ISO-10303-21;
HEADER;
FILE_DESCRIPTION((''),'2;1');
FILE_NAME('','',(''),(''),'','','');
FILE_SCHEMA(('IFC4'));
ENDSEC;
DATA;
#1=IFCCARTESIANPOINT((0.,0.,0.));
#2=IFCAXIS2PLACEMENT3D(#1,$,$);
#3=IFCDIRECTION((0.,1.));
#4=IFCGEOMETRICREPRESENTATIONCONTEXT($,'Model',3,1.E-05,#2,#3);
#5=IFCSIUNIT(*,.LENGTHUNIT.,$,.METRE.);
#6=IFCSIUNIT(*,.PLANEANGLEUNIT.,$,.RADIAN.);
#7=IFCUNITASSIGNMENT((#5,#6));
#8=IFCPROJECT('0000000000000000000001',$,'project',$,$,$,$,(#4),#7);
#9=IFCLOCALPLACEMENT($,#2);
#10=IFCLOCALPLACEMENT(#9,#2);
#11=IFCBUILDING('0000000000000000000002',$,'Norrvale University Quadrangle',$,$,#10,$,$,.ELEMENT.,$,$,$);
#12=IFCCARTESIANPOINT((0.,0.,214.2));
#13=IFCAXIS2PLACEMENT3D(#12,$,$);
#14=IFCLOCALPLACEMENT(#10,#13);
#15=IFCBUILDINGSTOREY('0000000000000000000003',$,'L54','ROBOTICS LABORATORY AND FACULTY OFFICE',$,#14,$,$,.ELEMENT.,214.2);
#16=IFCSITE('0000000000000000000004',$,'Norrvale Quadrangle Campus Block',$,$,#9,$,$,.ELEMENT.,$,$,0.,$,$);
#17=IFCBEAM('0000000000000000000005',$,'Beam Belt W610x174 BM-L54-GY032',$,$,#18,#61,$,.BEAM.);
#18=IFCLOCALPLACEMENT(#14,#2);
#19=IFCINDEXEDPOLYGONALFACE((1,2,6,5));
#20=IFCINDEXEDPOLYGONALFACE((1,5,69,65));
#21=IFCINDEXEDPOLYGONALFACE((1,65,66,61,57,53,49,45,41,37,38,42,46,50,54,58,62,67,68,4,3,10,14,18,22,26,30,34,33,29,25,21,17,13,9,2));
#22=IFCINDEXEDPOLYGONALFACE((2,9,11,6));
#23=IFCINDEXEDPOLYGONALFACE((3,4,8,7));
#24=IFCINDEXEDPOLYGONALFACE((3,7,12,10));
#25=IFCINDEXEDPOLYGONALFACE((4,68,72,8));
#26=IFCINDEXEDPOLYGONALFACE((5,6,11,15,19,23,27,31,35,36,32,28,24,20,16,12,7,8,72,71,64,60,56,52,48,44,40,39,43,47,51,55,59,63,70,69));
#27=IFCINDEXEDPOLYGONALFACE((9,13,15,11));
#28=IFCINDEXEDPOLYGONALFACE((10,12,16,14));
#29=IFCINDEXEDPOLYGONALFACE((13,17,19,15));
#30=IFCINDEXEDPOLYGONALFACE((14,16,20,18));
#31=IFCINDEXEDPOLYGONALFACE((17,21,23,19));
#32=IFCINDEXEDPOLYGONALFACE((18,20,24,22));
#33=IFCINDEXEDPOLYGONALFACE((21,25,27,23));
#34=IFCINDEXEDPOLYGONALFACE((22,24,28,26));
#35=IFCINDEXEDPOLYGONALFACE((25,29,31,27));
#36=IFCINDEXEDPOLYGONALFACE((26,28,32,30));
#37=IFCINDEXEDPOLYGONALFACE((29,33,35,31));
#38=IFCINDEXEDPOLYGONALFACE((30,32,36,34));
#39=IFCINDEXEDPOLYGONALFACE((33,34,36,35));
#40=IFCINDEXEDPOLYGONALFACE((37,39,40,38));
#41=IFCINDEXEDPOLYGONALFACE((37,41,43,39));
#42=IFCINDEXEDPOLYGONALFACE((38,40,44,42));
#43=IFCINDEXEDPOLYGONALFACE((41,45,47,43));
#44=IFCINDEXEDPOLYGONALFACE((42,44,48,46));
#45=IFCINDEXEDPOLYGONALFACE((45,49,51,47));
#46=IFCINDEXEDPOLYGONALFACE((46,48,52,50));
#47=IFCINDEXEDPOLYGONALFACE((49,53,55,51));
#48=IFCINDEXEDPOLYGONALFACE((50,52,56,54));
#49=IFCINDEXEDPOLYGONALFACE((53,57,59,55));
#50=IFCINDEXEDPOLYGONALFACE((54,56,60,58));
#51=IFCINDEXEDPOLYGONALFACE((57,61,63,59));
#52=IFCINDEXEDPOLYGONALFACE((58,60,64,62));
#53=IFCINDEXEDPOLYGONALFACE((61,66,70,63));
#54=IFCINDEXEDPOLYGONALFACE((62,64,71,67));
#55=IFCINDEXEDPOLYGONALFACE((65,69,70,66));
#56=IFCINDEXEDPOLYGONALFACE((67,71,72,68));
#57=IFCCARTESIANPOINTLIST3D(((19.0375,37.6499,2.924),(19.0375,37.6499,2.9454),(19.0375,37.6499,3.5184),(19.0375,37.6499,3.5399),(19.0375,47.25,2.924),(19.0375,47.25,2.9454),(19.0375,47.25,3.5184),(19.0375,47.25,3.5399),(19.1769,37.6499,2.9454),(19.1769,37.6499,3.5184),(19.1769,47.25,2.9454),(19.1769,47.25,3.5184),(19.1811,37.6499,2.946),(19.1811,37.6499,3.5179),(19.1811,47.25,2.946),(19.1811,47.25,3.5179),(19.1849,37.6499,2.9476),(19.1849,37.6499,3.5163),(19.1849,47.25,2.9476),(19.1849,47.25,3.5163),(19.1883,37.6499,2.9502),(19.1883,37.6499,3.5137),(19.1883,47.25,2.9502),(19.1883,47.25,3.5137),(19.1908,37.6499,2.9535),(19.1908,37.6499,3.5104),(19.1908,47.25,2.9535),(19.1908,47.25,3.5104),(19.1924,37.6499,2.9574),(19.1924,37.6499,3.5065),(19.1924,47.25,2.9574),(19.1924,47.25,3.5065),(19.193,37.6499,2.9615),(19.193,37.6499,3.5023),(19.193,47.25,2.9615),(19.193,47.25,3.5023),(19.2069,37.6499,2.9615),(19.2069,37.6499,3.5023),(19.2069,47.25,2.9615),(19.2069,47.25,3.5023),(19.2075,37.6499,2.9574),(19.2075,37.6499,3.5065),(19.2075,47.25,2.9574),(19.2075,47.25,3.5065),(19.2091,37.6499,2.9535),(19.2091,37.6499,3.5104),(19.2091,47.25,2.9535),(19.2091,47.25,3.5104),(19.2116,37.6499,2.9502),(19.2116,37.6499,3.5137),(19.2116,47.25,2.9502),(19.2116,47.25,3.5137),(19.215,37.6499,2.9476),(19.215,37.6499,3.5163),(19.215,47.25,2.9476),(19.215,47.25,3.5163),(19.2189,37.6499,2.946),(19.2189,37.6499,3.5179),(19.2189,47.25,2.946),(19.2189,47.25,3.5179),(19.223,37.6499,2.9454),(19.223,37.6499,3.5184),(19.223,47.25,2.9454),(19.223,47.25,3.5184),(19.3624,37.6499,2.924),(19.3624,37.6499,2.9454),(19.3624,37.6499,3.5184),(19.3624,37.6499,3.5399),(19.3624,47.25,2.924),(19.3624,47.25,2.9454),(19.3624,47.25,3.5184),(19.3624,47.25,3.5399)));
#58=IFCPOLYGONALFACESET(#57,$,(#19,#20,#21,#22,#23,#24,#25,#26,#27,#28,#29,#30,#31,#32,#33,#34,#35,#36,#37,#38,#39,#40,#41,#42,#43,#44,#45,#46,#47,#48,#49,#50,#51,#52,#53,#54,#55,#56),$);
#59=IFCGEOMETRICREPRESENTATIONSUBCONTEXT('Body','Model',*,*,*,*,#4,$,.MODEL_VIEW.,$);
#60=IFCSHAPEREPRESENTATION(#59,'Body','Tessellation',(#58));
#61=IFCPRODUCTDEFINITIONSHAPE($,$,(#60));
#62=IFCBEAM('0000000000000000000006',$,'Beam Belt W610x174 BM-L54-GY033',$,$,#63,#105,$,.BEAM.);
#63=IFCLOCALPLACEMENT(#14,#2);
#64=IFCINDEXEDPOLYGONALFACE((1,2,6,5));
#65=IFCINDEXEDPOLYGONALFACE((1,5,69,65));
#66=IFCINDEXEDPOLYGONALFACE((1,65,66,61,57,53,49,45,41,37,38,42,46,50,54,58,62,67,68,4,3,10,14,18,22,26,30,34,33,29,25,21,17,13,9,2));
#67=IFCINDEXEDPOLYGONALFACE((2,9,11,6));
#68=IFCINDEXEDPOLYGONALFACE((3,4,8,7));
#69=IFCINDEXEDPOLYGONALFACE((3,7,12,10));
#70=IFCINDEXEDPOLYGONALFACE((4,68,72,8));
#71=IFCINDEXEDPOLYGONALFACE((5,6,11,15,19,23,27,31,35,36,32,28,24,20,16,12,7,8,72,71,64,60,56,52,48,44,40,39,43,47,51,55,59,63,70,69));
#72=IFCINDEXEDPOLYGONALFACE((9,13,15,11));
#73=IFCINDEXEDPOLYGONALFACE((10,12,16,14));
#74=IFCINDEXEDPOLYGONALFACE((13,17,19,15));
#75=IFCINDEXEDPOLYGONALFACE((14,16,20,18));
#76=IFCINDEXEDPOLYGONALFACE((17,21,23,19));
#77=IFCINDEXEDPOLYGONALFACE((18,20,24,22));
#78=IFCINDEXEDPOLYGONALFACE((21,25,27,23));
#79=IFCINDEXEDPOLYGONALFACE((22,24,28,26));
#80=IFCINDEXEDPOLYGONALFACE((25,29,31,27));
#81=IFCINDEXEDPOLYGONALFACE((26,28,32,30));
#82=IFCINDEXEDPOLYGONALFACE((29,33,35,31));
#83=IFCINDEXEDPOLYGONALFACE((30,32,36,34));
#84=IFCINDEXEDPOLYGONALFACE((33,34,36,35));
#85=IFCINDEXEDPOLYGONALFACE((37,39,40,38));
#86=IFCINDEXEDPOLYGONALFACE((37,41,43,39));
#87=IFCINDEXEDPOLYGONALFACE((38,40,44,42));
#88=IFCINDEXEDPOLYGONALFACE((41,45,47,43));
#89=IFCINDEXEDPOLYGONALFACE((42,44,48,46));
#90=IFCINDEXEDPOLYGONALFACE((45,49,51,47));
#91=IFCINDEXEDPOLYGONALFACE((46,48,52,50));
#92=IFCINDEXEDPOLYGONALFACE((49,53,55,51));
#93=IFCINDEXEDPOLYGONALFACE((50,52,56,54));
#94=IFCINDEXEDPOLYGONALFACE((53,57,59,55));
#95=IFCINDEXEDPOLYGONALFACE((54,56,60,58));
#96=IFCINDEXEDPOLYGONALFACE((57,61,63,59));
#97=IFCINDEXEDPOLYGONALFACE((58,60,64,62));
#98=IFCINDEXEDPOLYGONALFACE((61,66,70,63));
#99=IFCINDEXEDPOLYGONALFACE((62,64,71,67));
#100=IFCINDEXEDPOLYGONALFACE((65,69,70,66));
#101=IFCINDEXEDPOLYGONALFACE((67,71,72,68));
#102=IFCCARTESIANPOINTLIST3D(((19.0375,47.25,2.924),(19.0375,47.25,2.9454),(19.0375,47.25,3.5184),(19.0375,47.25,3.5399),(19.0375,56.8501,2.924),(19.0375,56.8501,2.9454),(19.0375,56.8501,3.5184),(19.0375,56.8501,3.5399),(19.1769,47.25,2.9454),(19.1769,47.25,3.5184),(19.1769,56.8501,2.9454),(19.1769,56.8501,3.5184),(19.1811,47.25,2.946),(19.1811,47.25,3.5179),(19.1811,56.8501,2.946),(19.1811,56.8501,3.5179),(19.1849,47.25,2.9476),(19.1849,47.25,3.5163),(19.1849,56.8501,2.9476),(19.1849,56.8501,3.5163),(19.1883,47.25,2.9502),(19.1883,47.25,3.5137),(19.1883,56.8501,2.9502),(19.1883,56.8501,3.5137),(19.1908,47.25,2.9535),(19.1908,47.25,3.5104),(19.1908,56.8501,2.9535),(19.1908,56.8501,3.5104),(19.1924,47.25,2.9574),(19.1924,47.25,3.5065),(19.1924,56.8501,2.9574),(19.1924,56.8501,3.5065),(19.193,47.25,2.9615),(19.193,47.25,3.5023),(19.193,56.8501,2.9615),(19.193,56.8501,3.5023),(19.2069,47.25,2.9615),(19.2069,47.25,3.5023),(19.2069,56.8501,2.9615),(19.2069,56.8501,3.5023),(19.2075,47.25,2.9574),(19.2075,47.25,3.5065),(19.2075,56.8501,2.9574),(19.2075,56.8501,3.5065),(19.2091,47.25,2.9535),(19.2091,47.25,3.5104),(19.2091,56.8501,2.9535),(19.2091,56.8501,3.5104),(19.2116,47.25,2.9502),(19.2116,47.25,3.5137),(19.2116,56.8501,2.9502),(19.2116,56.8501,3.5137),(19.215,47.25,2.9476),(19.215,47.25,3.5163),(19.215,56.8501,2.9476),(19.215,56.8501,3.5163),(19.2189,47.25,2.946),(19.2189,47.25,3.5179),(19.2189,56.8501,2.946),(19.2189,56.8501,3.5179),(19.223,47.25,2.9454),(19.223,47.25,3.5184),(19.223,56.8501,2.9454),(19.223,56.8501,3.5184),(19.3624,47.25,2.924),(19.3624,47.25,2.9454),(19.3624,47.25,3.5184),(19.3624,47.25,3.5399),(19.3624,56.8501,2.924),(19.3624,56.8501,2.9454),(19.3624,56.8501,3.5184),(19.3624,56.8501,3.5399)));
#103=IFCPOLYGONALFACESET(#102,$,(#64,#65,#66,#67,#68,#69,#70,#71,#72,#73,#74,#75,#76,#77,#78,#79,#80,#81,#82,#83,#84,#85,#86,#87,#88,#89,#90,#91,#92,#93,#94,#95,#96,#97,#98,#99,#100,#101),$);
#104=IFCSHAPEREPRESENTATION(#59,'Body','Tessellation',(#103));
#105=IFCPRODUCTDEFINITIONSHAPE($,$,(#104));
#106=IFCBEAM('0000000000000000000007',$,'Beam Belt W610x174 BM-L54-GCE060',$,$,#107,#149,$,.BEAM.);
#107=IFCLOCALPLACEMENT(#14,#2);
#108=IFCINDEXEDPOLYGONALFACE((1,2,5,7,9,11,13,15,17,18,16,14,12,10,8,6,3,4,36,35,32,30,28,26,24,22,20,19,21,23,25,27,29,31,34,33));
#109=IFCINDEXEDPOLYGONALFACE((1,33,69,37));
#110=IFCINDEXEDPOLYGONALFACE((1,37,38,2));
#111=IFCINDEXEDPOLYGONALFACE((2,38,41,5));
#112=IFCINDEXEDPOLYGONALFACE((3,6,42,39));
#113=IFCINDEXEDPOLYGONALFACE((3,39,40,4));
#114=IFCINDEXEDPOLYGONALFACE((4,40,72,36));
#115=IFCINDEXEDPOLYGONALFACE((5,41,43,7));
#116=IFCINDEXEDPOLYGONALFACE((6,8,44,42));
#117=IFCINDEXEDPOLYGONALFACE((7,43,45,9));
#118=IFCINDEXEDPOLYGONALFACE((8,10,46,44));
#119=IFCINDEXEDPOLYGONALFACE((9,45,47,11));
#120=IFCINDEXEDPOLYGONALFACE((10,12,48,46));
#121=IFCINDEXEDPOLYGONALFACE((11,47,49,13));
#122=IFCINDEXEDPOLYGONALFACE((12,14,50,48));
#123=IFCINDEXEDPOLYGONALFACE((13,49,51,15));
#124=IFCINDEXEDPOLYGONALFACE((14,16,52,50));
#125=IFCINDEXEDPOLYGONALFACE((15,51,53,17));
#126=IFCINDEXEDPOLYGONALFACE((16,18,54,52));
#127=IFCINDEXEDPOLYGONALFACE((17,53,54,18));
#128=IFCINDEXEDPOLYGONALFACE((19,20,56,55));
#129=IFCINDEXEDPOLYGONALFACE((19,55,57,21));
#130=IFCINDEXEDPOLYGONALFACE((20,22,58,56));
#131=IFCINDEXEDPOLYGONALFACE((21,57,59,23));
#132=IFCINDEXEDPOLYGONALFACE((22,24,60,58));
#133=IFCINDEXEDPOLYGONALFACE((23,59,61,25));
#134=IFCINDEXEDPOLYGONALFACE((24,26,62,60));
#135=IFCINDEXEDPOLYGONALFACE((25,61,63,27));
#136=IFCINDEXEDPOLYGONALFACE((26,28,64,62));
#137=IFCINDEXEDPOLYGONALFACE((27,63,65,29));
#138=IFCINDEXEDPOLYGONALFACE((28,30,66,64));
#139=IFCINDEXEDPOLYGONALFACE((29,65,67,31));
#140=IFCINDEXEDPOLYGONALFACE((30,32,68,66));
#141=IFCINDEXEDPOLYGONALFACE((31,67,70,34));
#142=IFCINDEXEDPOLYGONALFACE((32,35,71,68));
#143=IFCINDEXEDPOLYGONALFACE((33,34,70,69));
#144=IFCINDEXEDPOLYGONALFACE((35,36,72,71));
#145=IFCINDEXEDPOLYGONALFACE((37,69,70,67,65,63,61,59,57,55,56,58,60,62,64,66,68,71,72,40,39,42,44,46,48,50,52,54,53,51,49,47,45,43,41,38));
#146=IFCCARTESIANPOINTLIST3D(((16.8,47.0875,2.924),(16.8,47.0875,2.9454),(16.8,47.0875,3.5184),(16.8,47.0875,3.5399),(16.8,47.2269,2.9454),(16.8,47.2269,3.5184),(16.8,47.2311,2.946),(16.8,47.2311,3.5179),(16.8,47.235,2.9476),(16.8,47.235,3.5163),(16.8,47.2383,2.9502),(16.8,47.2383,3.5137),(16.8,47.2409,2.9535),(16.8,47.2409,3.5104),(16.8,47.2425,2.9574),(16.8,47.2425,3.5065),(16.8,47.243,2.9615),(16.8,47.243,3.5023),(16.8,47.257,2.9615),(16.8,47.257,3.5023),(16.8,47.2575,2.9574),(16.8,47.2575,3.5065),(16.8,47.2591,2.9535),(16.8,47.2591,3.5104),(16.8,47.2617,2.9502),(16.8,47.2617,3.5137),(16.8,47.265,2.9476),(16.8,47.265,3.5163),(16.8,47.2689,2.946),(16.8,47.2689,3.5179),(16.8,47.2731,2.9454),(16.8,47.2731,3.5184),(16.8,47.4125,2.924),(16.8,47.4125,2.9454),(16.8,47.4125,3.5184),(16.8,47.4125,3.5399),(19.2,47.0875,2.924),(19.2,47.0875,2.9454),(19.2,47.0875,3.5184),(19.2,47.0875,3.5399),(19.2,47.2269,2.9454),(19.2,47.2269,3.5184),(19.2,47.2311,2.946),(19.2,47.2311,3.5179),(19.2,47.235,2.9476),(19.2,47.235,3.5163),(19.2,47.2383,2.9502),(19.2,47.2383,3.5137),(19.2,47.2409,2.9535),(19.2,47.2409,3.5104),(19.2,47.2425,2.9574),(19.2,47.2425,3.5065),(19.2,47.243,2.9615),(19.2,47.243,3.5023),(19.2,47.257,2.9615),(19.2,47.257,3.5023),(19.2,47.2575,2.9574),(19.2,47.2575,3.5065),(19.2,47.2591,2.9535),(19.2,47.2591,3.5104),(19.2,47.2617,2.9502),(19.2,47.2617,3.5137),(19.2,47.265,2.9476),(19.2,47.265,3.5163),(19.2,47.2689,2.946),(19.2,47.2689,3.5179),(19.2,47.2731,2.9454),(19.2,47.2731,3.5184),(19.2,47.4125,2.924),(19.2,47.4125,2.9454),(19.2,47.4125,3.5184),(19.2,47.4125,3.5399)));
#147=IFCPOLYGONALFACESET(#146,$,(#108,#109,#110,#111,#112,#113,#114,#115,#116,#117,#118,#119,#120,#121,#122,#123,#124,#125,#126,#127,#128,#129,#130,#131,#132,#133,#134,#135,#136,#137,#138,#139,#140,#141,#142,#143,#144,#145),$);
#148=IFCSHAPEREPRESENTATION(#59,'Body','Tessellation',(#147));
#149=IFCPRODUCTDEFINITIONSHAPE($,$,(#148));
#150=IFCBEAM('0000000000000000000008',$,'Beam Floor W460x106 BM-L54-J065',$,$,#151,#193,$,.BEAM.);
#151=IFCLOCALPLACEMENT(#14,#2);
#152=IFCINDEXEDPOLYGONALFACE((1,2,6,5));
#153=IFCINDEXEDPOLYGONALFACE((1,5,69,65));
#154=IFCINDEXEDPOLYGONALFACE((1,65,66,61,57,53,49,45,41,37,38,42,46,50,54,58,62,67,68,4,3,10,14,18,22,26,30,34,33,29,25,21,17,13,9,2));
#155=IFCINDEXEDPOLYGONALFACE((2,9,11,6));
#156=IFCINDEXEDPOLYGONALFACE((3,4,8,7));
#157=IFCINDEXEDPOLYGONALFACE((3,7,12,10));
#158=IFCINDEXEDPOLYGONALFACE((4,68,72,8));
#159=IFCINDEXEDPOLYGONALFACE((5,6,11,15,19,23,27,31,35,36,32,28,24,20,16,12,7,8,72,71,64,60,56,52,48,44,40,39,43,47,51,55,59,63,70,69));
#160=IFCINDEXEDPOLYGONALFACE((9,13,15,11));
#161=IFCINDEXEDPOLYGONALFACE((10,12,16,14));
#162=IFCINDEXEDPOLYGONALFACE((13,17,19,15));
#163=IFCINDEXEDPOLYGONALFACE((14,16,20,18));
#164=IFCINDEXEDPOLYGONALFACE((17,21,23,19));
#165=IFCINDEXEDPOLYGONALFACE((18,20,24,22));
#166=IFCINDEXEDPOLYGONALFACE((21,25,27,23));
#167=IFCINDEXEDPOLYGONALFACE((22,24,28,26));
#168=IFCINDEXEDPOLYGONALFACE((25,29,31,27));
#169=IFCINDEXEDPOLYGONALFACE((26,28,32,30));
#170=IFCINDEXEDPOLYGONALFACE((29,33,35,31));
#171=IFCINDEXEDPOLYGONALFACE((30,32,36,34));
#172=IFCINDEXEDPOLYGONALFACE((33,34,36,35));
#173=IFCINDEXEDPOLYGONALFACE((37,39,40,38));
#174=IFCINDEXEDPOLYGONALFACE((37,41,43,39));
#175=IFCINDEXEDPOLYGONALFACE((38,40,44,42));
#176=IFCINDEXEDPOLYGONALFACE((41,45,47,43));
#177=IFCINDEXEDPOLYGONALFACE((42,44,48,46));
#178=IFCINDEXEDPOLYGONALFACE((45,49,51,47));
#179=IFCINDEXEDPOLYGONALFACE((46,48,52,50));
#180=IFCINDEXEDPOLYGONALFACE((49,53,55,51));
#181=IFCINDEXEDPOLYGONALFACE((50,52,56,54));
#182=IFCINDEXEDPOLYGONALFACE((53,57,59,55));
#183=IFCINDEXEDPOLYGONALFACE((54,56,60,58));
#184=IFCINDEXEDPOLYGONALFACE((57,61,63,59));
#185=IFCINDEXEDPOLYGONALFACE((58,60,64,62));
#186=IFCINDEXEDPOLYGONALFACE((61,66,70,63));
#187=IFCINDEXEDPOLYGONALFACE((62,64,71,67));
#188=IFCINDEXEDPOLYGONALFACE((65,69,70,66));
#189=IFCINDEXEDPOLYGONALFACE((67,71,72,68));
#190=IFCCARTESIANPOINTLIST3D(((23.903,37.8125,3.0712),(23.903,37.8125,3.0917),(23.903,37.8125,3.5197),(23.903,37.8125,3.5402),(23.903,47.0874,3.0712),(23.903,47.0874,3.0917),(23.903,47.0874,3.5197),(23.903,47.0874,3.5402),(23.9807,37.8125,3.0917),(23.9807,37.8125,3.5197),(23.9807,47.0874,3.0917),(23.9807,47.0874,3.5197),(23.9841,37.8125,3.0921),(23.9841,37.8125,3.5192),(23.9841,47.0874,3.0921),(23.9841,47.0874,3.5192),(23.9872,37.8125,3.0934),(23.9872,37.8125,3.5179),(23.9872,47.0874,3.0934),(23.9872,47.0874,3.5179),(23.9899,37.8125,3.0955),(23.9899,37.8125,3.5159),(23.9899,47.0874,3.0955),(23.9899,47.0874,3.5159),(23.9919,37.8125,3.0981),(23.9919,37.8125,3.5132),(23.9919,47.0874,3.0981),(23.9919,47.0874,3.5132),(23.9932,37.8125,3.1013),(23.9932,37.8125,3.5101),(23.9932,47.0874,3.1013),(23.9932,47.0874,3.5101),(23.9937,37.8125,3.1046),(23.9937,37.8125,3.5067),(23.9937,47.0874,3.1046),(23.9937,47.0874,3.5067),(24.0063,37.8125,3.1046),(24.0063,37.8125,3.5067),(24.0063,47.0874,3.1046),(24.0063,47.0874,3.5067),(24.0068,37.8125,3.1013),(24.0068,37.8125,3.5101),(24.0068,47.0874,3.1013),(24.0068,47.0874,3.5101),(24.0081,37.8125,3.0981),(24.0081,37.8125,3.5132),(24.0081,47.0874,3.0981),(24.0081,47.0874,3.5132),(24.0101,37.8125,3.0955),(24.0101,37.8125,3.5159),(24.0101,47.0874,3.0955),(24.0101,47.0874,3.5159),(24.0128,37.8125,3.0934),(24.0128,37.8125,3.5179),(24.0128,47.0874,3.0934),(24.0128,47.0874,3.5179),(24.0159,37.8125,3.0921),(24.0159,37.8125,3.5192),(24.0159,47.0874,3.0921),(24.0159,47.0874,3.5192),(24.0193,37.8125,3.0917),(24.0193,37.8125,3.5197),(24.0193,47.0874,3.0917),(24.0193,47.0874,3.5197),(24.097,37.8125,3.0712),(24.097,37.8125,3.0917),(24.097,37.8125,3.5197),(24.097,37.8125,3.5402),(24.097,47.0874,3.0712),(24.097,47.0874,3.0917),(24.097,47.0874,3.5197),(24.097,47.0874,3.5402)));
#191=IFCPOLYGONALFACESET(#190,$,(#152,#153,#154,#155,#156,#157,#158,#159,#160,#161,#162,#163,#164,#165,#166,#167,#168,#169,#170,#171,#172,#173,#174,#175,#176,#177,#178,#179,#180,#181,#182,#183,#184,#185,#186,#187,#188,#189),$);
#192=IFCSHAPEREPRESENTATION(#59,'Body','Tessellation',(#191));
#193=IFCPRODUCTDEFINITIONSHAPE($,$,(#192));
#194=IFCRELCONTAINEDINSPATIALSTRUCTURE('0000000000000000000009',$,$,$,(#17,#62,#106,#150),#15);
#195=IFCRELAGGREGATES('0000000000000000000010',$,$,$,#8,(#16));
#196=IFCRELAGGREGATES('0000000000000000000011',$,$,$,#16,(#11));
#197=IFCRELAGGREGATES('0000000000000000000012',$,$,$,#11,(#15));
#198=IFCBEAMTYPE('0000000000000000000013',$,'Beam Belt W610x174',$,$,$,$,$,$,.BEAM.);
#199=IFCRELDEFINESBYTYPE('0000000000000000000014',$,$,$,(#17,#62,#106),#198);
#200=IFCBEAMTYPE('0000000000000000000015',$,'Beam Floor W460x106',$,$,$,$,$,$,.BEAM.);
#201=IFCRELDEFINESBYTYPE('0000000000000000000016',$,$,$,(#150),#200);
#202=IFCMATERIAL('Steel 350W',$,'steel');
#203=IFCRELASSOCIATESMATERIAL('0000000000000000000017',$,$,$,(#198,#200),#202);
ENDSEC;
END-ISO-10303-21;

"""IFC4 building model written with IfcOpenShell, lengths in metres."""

from ifc_helpers import new_model, si_unit, direction, frame, origin, origin_2d, place, context, subcontext, project, spatial, i_section, extrude, material, material_profile, profile_set, type_object, element, save


model = new_model("IFC4")

# Units and contexts
model_context = context("Model", 3, precision=1e-05, world=origin(), true_north=direction((0.0, 1.0)))
body_context = subcontext(model_context, "Body", "Model", "MODEL_VIEW")
ifc_project = project(units=[si_unit("LENGTHUNIT", "METRE"), si_unit("PLANEANGLEUNIT", "RADIAN")], contexts=[model_context])

# Site, building, storey
site_placement = place(None, origin())
site = spatial("IfcSite", under=ifc_project, at=site_placement, Name="Norrvale Quadrangle Campus Block", CompositionType="ELEMENT", RefElevation=0.0)
building_placement = place(site_placement, origin())
building = spatial("IfcBuilding", under=site, at=building_placement, Name="Norrvale University Quadrangle", CompositionType="ELEMENT")
storey_placement = place(building_placement, frame((0.0, 0.0, 214.2)))
storey = spatial("IfcBuildingStorey", under=building, at=storey_placement, Name="L54", Description="ROBOTICS LABORATORY AND FACULTY OFFICE", CompositionType="ELEMENT", Elevation=214.2)

# Beams
ifc_material_1 = material(Name="Steel 350W", Category="steel")
ifc_material_profile_1 = material_profile(ifc_material_1, i_section(OverallWidth=0.325, OverallDepth=0.616, WebThickness=0.0139, FlangeThickness=0.0215, FilletRadius=0.0161, at=origin_2d()), Name="Steel 350W")
ifc_profile_set_1 = profile_set([ifc_material_profile_1], Name="Steel 350W")
beam_type_1 = type_object("IfcBeamType", Name="Beam Belt W610x174", PredefinedType="BEAM", material=ifc_profile_set_1)
for number, where, z_axis, x_axis, name in (
    (1, (19.2, 37.6499, 3.2319), (0.0, 1.0, 0.0), (-1.0, 0.0, 0.0), "Beam Belt W610x174 BM-L54-GY032"),
    (2, (19.2, 47.25, 3.2319), (0.0, 1.0, 0.0), (-1.0, 0.0, 0.0), "Beam Belt W610x174 BM-L54-GY033"),
):
    element("IfcBeam", number, at=place(storey_placement, frame(where, z_axis=z_axis, x_axis=x_axis)), inside=storey, type_object=beam_type_1, Name=name, PredefinedType="BEAM", context=body_context, shape_type="SweptSolid", body=[
        extrude(i_section(OverallWidth=0.325, OverallDepth=0.616, WebThickness=0.0139, FlangeThickness=0.0215, FilletRadius=0.0161, at=origin_2d()), origin(), (0.0, 0.0, 1.0), 9.6001),
    ])
beam_placement = place(storey_placement, frame((16.8, 47.25, 3.2319), z_axis=(1.0, 0.0, 0.0), x_axis=(0.0, 1.0, 0.0)))
element("IfcBeam", 3, at=beam_placement, inside=storey, type_object=beam_type_1, Name="Beam Belt W610x174 BM-L54-GCE060", PredefinedType="BEAM", context=body_context, shape_type="SweptSolid", body=[
    extrude(i_section(OverallWidth=0.325, OverallDepth=0.616, WebThickness=0.0139, FlangeThickness=0.0215, FilletRadius=0.0161, at=origin_2d()), origin(), (0.0, 0.0, 1.0), 2.3999),
])
ifc_material_profile_2 = material_profile(ifc_material_1, i_section(OverallWidth=0.1941, OverallDepth=0.469, WebThickness=0.0127, FlangeThickness=0.0205, FilletRadius=0.0129, at=origin_2d()), Name="Steel 350W")
ifc_profile_set_2 = profile_set([ifc_material_profile_2], Name="Steel 350W")
beam_type_2 = type_object("IfcBeamType", Name="Beam Floor W460x106", PredefinedType="BEAM", material=ifc_profile_set_2)
for number, where, z_axis, x_axis, name in (
    (4, (24.0, 37.8125, 3.3057), (0.0, 1.0, 0.0), (-1.0, 0.0, 0.0), "Beam Floor W460x106 BM-L54-J065"),
):
    element("IfcBeam", number, at=place(storey_placement, frame(where, z_axis=z_axis, x_axis=x_axis)), inside=storey, type_object=beam_type_2, Name=name, PredefinedType="BEAM", context=body_context, shape_type="SweptSolid", body=[
        extrude(i_section(OverallWidth=0.1941, OverallDepth=0.469, WebThickness=0.0127, FlangeThickness=0.0205, FilletRadius=0.0129, at=origin_2d()), origin(), (0.0, 0.0, 1.0), 9.2749),
    ])

save(model, "model.ifc")
